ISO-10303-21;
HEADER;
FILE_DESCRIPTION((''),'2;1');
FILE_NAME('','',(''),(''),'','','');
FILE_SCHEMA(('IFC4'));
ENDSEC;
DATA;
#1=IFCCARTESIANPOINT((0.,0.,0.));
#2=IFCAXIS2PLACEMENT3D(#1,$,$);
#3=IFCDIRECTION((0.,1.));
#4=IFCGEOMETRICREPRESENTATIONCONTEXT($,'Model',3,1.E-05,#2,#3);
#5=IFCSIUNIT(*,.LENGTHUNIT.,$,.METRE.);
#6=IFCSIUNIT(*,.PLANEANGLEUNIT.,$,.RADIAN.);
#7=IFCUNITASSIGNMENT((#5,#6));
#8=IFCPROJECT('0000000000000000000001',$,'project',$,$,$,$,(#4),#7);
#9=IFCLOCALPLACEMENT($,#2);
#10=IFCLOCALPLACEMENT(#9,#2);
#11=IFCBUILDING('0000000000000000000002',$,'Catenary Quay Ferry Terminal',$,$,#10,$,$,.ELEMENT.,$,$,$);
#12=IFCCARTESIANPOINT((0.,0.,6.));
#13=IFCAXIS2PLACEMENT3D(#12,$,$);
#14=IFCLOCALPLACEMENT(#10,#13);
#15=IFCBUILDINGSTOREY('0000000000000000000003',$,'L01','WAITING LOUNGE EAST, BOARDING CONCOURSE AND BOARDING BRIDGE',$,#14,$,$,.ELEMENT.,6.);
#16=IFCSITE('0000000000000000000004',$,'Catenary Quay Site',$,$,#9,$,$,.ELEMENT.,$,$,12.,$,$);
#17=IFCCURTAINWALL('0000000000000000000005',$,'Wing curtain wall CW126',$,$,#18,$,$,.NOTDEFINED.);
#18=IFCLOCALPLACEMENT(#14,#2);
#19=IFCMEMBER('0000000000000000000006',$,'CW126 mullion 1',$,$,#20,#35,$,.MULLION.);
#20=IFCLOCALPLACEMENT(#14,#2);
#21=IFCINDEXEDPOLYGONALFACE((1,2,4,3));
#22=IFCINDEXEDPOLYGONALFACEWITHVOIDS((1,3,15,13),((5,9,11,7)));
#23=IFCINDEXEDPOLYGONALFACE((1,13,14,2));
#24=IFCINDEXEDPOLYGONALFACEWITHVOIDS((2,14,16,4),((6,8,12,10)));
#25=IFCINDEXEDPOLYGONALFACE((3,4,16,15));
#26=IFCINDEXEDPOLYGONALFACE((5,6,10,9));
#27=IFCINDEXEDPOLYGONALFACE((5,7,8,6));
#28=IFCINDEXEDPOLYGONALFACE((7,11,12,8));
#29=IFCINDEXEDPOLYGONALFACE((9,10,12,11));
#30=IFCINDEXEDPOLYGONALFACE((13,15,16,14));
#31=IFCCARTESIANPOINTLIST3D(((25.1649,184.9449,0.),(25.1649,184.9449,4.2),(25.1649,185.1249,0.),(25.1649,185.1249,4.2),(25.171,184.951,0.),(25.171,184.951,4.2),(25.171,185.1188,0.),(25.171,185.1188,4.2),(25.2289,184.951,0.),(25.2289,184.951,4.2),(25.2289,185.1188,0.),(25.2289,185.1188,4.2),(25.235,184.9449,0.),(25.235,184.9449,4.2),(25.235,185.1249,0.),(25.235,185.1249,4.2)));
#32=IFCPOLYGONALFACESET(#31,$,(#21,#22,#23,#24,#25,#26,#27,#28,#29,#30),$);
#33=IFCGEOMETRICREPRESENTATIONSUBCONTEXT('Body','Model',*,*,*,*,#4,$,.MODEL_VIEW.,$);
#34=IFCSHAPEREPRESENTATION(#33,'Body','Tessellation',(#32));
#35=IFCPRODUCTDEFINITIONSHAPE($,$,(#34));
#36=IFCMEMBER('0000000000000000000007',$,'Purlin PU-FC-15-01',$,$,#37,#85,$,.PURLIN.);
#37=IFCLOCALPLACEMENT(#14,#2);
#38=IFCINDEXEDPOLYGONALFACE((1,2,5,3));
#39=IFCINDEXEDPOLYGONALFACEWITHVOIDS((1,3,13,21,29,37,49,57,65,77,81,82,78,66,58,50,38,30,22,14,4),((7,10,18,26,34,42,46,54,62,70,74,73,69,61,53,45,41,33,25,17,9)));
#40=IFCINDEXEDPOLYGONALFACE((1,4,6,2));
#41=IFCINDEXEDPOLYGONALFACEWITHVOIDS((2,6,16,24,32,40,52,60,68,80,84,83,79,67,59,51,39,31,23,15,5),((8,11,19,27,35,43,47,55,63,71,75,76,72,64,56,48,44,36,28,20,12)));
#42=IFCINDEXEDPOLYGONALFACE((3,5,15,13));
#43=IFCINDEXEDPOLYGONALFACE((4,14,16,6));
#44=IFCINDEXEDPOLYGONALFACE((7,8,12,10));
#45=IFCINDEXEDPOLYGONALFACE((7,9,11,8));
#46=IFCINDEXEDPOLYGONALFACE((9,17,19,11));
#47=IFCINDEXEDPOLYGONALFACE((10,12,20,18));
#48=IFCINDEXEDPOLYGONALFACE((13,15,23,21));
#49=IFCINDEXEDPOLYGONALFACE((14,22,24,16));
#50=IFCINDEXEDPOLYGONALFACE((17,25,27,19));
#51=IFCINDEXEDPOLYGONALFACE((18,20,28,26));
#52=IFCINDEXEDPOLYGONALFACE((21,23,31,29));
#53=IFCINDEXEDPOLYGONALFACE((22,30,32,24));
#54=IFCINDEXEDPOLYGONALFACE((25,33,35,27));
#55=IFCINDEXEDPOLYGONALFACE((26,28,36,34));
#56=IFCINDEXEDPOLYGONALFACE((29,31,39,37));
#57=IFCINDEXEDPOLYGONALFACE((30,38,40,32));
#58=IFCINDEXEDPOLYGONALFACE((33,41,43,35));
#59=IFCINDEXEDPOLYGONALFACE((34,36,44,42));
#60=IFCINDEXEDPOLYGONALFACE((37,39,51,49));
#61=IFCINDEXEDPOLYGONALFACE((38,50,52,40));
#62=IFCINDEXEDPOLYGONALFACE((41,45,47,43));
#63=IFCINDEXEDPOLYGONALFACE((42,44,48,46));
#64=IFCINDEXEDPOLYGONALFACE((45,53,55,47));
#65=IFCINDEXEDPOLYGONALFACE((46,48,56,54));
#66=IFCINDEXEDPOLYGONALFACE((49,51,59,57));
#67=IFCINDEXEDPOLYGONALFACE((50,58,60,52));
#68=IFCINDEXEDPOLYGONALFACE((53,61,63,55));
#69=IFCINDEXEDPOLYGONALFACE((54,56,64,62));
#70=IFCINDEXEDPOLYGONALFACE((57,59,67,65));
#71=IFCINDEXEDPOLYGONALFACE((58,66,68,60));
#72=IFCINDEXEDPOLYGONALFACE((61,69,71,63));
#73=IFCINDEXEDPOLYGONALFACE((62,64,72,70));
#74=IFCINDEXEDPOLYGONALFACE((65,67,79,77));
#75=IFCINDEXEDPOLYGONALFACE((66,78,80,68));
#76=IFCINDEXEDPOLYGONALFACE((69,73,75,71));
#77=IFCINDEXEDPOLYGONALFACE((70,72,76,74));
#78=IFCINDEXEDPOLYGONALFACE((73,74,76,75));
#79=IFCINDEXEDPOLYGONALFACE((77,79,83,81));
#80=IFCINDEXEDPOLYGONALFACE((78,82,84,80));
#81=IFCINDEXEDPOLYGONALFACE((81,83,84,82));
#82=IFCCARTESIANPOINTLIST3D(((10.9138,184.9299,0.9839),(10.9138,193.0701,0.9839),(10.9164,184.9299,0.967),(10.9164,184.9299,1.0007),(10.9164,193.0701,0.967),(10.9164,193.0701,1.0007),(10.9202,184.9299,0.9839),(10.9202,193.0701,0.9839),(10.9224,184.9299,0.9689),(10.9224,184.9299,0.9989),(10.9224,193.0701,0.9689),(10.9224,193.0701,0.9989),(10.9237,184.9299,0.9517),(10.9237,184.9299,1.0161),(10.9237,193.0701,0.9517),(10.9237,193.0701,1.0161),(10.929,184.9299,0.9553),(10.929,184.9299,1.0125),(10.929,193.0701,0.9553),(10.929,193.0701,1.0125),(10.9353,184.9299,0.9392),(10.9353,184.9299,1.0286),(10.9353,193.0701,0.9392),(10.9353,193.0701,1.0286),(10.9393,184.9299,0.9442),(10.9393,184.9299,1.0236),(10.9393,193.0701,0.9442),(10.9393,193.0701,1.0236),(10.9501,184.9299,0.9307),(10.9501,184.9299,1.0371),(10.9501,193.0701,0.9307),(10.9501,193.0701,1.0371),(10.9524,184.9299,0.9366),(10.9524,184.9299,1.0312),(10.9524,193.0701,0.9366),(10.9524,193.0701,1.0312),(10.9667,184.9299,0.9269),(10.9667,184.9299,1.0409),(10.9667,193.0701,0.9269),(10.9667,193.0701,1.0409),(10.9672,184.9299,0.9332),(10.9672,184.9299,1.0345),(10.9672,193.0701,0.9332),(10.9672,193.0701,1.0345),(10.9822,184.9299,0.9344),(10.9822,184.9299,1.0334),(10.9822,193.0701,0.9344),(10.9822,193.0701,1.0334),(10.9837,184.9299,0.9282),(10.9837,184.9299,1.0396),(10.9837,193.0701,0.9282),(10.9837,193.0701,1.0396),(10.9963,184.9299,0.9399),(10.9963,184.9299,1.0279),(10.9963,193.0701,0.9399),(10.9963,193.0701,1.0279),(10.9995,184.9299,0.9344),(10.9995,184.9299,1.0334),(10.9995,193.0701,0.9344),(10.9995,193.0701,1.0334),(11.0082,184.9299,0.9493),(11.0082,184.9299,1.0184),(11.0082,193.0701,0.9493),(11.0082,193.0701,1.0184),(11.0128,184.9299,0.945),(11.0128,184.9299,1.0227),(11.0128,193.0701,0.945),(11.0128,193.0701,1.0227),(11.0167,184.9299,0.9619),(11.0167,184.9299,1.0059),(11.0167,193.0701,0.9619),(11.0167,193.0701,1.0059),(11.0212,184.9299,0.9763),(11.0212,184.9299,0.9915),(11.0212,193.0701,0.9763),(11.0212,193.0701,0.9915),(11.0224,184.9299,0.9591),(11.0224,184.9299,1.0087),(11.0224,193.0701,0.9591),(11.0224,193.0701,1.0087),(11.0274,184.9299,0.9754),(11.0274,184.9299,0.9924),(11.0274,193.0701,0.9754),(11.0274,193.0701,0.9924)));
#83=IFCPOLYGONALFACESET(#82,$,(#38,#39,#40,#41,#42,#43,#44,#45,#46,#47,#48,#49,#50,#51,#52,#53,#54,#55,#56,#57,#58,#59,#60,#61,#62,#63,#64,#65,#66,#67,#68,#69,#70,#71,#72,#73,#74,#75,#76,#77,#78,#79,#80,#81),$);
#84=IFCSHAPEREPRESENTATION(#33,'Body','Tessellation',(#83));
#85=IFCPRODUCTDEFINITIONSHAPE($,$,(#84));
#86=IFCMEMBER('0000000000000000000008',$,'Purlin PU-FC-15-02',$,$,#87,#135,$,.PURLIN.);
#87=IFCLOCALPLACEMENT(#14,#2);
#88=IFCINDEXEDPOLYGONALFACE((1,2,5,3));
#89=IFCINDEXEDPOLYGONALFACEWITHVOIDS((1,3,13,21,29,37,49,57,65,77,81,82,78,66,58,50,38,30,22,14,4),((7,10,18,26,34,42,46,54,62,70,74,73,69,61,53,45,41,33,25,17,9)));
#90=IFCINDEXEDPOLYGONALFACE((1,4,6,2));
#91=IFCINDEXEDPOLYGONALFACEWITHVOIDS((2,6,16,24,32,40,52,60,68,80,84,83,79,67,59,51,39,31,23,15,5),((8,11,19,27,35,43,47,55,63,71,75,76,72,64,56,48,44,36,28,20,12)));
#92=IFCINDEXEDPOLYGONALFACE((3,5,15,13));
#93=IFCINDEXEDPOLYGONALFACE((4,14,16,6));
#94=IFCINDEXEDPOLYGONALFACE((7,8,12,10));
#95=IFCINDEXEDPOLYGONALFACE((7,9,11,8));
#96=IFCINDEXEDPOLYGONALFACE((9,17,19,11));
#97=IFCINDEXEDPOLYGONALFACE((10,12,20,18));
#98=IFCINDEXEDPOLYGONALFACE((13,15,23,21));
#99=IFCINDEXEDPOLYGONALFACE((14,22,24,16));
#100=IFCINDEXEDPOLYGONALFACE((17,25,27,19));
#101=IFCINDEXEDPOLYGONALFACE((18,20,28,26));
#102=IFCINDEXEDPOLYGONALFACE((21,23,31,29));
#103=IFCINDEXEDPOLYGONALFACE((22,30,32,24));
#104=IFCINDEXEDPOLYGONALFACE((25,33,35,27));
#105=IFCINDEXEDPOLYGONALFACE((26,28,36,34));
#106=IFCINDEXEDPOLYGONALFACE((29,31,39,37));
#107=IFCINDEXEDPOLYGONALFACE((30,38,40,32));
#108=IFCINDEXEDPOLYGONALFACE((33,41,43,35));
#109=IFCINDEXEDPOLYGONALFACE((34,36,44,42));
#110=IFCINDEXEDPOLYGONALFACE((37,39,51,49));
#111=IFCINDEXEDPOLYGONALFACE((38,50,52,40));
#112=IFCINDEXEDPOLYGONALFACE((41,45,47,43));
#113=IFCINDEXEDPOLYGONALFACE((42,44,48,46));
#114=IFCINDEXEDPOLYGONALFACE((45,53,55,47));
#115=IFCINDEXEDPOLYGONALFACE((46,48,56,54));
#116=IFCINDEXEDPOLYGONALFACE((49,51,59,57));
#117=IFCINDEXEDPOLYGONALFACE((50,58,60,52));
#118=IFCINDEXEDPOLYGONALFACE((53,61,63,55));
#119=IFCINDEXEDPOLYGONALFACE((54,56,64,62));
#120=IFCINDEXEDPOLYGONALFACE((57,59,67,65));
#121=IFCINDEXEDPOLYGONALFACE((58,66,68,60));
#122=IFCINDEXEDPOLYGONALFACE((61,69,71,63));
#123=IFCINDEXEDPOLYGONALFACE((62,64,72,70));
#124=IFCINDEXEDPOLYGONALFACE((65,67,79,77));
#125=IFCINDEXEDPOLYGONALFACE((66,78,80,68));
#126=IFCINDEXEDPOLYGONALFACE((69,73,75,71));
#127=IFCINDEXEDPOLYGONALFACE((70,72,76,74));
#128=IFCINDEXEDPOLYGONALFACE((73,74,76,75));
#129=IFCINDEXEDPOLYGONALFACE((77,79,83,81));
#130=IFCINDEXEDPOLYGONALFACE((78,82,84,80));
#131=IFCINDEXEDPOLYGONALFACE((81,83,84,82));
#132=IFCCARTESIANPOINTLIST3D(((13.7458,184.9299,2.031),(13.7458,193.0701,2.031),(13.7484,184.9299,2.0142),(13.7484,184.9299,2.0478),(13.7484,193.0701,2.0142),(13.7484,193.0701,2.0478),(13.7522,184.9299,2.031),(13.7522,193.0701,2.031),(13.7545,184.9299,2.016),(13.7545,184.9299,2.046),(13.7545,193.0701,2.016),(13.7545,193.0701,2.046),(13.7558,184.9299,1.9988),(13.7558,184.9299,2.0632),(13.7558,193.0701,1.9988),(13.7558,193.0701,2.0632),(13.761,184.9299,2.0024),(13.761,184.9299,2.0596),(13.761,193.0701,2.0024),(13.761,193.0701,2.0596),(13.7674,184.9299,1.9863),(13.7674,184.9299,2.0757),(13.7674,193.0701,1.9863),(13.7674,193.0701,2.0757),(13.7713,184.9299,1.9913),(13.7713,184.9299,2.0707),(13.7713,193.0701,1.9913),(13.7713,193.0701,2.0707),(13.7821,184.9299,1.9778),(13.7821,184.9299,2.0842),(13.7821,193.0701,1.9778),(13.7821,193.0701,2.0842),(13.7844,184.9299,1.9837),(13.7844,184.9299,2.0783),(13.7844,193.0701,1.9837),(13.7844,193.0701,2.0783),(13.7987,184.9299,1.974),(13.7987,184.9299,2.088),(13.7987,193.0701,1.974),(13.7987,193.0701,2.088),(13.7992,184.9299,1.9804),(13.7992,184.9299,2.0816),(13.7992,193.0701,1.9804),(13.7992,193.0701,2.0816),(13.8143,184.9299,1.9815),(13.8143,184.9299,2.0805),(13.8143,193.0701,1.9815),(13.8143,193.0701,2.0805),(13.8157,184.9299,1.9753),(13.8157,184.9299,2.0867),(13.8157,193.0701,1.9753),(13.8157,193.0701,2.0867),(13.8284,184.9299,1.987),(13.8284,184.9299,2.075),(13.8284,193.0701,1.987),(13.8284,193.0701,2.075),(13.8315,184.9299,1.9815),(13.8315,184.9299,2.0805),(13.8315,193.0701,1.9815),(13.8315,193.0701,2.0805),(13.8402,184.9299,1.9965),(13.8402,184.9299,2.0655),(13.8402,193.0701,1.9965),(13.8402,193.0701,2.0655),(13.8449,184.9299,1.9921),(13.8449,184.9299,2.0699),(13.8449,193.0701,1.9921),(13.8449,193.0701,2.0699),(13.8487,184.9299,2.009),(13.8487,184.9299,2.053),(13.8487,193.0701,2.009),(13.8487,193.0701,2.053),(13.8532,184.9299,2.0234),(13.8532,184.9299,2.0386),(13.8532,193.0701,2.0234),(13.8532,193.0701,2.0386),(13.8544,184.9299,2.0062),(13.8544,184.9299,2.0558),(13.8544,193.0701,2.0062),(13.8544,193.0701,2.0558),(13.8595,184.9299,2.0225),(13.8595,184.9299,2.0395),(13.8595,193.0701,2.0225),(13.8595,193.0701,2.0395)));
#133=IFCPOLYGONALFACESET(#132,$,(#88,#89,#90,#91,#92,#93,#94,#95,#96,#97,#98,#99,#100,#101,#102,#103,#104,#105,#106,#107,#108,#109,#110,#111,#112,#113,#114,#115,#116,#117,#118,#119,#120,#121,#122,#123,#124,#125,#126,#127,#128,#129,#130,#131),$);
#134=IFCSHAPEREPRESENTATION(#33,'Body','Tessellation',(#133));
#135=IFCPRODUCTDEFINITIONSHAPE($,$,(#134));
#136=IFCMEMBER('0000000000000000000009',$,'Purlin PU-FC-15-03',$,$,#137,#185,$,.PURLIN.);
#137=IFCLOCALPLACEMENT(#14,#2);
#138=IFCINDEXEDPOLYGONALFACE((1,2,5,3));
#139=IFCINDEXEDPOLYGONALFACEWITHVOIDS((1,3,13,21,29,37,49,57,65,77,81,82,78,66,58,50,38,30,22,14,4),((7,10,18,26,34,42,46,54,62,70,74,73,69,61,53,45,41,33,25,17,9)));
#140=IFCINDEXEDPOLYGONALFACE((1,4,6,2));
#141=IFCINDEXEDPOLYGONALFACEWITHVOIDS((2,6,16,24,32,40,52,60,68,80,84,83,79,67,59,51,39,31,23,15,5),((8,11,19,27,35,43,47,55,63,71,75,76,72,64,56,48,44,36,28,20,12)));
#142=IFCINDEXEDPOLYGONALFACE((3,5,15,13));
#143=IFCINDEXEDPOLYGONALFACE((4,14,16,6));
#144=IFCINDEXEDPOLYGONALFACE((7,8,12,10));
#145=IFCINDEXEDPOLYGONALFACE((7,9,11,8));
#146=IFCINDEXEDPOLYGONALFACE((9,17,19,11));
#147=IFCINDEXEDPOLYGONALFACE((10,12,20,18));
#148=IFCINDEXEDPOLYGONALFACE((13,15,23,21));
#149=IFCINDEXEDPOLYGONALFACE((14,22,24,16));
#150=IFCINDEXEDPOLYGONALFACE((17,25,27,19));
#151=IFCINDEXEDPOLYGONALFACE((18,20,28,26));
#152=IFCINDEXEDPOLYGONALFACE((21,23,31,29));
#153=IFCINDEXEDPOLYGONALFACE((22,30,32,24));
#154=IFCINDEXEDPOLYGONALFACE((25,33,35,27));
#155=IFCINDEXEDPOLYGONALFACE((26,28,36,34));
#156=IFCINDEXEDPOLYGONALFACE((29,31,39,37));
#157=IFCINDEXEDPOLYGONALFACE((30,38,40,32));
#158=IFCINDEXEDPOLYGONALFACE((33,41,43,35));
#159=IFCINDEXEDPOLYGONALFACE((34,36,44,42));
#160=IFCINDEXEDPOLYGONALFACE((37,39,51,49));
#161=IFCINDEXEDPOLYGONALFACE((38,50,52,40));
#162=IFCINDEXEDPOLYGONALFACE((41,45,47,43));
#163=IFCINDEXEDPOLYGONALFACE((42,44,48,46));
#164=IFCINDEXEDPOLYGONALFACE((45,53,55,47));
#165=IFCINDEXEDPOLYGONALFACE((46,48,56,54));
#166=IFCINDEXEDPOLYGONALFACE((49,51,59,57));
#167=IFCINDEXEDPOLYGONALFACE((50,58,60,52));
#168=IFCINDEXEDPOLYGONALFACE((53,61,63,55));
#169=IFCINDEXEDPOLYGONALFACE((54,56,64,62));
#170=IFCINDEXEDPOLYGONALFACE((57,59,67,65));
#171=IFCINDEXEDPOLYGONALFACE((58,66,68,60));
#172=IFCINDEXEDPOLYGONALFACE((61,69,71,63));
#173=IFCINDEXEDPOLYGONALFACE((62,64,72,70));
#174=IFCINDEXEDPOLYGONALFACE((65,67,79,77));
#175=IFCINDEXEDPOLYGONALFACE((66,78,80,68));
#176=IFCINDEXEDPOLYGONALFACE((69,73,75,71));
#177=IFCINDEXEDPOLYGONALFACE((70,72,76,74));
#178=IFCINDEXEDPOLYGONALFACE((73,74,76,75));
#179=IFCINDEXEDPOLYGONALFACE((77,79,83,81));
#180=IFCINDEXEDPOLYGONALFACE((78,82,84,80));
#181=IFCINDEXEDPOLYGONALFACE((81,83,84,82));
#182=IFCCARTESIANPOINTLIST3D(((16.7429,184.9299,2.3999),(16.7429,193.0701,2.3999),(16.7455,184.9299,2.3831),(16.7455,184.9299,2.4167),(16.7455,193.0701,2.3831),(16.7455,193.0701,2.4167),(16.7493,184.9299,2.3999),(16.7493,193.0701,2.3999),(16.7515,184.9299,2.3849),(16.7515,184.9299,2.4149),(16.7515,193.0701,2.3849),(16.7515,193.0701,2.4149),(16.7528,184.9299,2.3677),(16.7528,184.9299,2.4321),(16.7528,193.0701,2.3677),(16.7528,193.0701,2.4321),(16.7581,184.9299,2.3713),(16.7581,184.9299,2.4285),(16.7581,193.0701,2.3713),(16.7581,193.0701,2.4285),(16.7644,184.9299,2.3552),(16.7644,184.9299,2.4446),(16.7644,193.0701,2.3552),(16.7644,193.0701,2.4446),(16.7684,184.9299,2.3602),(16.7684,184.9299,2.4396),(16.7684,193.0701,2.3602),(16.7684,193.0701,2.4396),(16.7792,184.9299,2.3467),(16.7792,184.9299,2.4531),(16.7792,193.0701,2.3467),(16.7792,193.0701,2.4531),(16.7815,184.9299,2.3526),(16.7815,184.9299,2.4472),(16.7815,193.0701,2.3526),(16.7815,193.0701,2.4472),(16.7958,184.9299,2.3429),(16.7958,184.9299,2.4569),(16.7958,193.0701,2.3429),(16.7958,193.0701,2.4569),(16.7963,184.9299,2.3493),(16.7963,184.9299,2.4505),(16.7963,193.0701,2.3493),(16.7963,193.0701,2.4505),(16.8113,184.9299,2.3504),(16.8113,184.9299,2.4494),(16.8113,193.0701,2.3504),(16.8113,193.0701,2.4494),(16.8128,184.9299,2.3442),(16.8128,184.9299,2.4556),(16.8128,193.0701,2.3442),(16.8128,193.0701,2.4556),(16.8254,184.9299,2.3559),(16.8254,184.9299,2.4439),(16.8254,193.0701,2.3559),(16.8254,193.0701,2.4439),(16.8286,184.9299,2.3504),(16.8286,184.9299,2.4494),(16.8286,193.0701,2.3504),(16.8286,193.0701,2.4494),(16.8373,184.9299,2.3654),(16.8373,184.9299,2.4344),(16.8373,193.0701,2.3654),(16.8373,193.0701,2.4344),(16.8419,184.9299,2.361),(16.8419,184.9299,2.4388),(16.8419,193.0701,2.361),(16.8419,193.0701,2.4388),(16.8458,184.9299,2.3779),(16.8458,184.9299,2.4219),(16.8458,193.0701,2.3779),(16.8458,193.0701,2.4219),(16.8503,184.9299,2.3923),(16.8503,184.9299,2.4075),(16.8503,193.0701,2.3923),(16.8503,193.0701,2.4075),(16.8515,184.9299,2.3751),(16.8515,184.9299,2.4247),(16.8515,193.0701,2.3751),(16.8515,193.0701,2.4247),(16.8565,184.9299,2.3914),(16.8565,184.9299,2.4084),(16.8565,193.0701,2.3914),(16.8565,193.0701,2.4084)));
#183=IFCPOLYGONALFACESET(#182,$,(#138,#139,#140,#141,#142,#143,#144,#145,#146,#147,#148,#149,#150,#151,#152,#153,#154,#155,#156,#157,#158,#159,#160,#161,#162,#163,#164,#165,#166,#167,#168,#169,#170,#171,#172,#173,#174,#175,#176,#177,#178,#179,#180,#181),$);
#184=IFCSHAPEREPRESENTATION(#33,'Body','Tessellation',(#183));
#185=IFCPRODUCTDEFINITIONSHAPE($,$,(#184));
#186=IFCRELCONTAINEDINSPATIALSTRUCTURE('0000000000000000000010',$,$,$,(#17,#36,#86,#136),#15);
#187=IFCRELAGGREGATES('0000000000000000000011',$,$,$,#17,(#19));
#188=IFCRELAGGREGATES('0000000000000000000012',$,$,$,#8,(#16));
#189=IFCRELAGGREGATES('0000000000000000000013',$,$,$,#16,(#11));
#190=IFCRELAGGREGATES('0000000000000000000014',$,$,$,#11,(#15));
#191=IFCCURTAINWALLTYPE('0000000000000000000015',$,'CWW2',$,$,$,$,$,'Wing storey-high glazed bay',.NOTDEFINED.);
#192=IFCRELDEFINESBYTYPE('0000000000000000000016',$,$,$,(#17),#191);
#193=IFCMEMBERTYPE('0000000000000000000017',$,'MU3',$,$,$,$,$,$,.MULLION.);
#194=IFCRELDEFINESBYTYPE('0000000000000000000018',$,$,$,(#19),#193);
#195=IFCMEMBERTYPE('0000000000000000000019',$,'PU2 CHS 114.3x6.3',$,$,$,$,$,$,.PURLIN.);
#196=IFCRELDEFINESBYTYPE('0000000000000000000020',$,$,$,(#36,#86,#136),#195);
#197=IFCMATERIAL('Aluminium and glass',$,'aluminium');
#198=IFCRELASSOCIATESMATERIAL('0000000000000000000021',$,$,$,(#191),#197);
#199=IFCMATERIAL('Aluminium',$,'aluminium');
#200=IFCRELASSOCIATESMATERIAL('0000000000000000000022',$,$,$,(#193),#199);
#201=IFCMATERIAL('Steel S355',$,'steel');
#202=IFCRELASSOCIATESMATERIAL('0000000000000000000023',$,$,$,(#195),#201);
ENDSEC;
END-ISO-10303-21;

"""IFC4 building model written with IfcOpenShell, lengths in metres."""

from ifc_helpers import new_model, si_unit, direction, frame, origin, origin_2d, place, context, subcontext, project, spatial, hollow_rectangle, hollow_circle, extrude, material, material_profile, profile_set, type_object, element, aggregate, save


model = new_model("IFC4")

# Units and contexts
model_context = context("Model", 3, precision=1e-05, world=origin(), true_north=direction((0.0, 1.0)))
body_context = subcontext(model_context, "Body", "Model", "MODEL_VIEW")
ifc_project = project(units=[si_unit("LENGTHUNIT", "METRE"), si_unit("PLANEANGLEUNIT", "RADIAN")], contexts=[model_context])

# Site, building, storey
site_placement = place(None, origin())
site = spatial("IfcSite", under=ifc_project, at=site_placement, Name="Catenary Quay Site", CompositionType="ELEMENT", RefElevation=12.0)
building_placement = place(site_placement, origin())
building = spatial("IfcBuilding", under=site, at=building_placement, Name="Catenary Quay Ferry Terminal", CompositionType="ELEMENT")
storey_placement = place(building_placement, frame((0.0, 0.0, 6.0)))
storey = spatial("IfcBuildingStorey", under=building, at=storey_placement, Name="L01", Description="WAITING LOUNGE EAST, BOARDING CONCOURSE AND BOARDING BRIDGE", CompositionType="ELEMENT", Elevation=6.0)

# Curtain wall, member
ifc_material_1 = material(Name="Aluminium and glass", Category="aluminium")
curtain_wall_type = type_object("IfcCurtainWallType", Name="CWW2", ElementType="Wing storey-high glazed bay", PredefinedType="NOTDEFINED", material=ifc_material_1)
curtain_wall_placement = place(storey_placement, origin())
curtain_wall = element("IfcCurtainWall", 1, at=curtain_wall_placement, inside=storey, type_object=curtain_wall_type, Name="Wing curtain wall CW126", PredefinedType="NOTDEFINED")
ifc_material_2 = material(Name="Aluminium", Category="aluminium")
ifc_material_profile_1 = material_profile(ifc_material_2, hollow_rectangle(XDim=0.0701, YDim=0.1799, WallThickness=0.0061, at=origin_2d()), Name="MU3")
ifc_profile_set_1 = profile_set([ifc_material_profile_1], Name="Aluminium")
member_type_1 = type_object("IfcMemberType", Name="MU3", PredefinedType="MULLION", material=ifc_profile_set_1)
member_1_placement = place(storey_placement, frame((25.2, 185.0349, 0.0), z_axis=(0.0, 0.0, 1.0), x_axis=(-1.0, 0.0, 0.0)))
member_1 = element("IfcMember", 2, at=member_1_placement, type_object=member_type_1, Name="CW126 mullion 1", PredefinedType="MULLION", context=body_context, shape_type="SweptSolid", body=[
    extrude(hollow_rectangle(XDim=0.0701, YDim=0.1799, WallThickness=0.0061, at=origin_2d()), origin(), (0.0, 0.0, 1.0), 4.2),
])
aggregate(curtain_wall, [member_1])

# Members
ifc_material_3 = material(Name="Steel S355", Category="steel")
ifc_material_profile_2 = material_profile(ifc_material_3, hollow_circle(Radius=0.0571, WallThickness=0.0063, at=origin_2d()), Name="CHS 114.3x6.3")
ifc_profile_set_2 = profile_set([ifc_material_profile_2], Name="Steel S355")
member_type_2 = type_object("IfcMemberType", Name="PU2 CHS 114.3x6.3", PredefinedType="PURLIN", material=ifc_profile_set_2)
for number, where, z_axis, x_axis, name in (
    (3, (10.9709, 184.9299, 0.9839), (0.0, 1.0, 0.0), (-1.0, 0.0, 0.0), "Purlin PU-FC-15-01"),
    (4, (13.803, 184.9299, 2.031), (0.0, 1.0, 0.0), (-1.0, 0.0, 0.0), "Purlin PU-FC-15-02"),
    (5, (16.8, 184.9299, 2.3999), (0.0, 1.0, 0.0), (-1.0, 0.0, 0.0), "Purlin PU-FC-15-03"),
):
    element("IfcMember", number, at=place(storey_placement, frame(where, z_axis=z_axis, x_axis=x_axis)), inside=storey, type_object=member_type_2, Name=name, PredefinedType="PURLIN", context=body_context, shape_type="SweptSolid", body=[
        extrude(hollow_circle(Radius=0.0571, WallThickness=0.0063, at=origin_2d()), origin(), (0.0, 0.0, 1.0), 8.1401),
    ])

save(model, "model.ifc")
